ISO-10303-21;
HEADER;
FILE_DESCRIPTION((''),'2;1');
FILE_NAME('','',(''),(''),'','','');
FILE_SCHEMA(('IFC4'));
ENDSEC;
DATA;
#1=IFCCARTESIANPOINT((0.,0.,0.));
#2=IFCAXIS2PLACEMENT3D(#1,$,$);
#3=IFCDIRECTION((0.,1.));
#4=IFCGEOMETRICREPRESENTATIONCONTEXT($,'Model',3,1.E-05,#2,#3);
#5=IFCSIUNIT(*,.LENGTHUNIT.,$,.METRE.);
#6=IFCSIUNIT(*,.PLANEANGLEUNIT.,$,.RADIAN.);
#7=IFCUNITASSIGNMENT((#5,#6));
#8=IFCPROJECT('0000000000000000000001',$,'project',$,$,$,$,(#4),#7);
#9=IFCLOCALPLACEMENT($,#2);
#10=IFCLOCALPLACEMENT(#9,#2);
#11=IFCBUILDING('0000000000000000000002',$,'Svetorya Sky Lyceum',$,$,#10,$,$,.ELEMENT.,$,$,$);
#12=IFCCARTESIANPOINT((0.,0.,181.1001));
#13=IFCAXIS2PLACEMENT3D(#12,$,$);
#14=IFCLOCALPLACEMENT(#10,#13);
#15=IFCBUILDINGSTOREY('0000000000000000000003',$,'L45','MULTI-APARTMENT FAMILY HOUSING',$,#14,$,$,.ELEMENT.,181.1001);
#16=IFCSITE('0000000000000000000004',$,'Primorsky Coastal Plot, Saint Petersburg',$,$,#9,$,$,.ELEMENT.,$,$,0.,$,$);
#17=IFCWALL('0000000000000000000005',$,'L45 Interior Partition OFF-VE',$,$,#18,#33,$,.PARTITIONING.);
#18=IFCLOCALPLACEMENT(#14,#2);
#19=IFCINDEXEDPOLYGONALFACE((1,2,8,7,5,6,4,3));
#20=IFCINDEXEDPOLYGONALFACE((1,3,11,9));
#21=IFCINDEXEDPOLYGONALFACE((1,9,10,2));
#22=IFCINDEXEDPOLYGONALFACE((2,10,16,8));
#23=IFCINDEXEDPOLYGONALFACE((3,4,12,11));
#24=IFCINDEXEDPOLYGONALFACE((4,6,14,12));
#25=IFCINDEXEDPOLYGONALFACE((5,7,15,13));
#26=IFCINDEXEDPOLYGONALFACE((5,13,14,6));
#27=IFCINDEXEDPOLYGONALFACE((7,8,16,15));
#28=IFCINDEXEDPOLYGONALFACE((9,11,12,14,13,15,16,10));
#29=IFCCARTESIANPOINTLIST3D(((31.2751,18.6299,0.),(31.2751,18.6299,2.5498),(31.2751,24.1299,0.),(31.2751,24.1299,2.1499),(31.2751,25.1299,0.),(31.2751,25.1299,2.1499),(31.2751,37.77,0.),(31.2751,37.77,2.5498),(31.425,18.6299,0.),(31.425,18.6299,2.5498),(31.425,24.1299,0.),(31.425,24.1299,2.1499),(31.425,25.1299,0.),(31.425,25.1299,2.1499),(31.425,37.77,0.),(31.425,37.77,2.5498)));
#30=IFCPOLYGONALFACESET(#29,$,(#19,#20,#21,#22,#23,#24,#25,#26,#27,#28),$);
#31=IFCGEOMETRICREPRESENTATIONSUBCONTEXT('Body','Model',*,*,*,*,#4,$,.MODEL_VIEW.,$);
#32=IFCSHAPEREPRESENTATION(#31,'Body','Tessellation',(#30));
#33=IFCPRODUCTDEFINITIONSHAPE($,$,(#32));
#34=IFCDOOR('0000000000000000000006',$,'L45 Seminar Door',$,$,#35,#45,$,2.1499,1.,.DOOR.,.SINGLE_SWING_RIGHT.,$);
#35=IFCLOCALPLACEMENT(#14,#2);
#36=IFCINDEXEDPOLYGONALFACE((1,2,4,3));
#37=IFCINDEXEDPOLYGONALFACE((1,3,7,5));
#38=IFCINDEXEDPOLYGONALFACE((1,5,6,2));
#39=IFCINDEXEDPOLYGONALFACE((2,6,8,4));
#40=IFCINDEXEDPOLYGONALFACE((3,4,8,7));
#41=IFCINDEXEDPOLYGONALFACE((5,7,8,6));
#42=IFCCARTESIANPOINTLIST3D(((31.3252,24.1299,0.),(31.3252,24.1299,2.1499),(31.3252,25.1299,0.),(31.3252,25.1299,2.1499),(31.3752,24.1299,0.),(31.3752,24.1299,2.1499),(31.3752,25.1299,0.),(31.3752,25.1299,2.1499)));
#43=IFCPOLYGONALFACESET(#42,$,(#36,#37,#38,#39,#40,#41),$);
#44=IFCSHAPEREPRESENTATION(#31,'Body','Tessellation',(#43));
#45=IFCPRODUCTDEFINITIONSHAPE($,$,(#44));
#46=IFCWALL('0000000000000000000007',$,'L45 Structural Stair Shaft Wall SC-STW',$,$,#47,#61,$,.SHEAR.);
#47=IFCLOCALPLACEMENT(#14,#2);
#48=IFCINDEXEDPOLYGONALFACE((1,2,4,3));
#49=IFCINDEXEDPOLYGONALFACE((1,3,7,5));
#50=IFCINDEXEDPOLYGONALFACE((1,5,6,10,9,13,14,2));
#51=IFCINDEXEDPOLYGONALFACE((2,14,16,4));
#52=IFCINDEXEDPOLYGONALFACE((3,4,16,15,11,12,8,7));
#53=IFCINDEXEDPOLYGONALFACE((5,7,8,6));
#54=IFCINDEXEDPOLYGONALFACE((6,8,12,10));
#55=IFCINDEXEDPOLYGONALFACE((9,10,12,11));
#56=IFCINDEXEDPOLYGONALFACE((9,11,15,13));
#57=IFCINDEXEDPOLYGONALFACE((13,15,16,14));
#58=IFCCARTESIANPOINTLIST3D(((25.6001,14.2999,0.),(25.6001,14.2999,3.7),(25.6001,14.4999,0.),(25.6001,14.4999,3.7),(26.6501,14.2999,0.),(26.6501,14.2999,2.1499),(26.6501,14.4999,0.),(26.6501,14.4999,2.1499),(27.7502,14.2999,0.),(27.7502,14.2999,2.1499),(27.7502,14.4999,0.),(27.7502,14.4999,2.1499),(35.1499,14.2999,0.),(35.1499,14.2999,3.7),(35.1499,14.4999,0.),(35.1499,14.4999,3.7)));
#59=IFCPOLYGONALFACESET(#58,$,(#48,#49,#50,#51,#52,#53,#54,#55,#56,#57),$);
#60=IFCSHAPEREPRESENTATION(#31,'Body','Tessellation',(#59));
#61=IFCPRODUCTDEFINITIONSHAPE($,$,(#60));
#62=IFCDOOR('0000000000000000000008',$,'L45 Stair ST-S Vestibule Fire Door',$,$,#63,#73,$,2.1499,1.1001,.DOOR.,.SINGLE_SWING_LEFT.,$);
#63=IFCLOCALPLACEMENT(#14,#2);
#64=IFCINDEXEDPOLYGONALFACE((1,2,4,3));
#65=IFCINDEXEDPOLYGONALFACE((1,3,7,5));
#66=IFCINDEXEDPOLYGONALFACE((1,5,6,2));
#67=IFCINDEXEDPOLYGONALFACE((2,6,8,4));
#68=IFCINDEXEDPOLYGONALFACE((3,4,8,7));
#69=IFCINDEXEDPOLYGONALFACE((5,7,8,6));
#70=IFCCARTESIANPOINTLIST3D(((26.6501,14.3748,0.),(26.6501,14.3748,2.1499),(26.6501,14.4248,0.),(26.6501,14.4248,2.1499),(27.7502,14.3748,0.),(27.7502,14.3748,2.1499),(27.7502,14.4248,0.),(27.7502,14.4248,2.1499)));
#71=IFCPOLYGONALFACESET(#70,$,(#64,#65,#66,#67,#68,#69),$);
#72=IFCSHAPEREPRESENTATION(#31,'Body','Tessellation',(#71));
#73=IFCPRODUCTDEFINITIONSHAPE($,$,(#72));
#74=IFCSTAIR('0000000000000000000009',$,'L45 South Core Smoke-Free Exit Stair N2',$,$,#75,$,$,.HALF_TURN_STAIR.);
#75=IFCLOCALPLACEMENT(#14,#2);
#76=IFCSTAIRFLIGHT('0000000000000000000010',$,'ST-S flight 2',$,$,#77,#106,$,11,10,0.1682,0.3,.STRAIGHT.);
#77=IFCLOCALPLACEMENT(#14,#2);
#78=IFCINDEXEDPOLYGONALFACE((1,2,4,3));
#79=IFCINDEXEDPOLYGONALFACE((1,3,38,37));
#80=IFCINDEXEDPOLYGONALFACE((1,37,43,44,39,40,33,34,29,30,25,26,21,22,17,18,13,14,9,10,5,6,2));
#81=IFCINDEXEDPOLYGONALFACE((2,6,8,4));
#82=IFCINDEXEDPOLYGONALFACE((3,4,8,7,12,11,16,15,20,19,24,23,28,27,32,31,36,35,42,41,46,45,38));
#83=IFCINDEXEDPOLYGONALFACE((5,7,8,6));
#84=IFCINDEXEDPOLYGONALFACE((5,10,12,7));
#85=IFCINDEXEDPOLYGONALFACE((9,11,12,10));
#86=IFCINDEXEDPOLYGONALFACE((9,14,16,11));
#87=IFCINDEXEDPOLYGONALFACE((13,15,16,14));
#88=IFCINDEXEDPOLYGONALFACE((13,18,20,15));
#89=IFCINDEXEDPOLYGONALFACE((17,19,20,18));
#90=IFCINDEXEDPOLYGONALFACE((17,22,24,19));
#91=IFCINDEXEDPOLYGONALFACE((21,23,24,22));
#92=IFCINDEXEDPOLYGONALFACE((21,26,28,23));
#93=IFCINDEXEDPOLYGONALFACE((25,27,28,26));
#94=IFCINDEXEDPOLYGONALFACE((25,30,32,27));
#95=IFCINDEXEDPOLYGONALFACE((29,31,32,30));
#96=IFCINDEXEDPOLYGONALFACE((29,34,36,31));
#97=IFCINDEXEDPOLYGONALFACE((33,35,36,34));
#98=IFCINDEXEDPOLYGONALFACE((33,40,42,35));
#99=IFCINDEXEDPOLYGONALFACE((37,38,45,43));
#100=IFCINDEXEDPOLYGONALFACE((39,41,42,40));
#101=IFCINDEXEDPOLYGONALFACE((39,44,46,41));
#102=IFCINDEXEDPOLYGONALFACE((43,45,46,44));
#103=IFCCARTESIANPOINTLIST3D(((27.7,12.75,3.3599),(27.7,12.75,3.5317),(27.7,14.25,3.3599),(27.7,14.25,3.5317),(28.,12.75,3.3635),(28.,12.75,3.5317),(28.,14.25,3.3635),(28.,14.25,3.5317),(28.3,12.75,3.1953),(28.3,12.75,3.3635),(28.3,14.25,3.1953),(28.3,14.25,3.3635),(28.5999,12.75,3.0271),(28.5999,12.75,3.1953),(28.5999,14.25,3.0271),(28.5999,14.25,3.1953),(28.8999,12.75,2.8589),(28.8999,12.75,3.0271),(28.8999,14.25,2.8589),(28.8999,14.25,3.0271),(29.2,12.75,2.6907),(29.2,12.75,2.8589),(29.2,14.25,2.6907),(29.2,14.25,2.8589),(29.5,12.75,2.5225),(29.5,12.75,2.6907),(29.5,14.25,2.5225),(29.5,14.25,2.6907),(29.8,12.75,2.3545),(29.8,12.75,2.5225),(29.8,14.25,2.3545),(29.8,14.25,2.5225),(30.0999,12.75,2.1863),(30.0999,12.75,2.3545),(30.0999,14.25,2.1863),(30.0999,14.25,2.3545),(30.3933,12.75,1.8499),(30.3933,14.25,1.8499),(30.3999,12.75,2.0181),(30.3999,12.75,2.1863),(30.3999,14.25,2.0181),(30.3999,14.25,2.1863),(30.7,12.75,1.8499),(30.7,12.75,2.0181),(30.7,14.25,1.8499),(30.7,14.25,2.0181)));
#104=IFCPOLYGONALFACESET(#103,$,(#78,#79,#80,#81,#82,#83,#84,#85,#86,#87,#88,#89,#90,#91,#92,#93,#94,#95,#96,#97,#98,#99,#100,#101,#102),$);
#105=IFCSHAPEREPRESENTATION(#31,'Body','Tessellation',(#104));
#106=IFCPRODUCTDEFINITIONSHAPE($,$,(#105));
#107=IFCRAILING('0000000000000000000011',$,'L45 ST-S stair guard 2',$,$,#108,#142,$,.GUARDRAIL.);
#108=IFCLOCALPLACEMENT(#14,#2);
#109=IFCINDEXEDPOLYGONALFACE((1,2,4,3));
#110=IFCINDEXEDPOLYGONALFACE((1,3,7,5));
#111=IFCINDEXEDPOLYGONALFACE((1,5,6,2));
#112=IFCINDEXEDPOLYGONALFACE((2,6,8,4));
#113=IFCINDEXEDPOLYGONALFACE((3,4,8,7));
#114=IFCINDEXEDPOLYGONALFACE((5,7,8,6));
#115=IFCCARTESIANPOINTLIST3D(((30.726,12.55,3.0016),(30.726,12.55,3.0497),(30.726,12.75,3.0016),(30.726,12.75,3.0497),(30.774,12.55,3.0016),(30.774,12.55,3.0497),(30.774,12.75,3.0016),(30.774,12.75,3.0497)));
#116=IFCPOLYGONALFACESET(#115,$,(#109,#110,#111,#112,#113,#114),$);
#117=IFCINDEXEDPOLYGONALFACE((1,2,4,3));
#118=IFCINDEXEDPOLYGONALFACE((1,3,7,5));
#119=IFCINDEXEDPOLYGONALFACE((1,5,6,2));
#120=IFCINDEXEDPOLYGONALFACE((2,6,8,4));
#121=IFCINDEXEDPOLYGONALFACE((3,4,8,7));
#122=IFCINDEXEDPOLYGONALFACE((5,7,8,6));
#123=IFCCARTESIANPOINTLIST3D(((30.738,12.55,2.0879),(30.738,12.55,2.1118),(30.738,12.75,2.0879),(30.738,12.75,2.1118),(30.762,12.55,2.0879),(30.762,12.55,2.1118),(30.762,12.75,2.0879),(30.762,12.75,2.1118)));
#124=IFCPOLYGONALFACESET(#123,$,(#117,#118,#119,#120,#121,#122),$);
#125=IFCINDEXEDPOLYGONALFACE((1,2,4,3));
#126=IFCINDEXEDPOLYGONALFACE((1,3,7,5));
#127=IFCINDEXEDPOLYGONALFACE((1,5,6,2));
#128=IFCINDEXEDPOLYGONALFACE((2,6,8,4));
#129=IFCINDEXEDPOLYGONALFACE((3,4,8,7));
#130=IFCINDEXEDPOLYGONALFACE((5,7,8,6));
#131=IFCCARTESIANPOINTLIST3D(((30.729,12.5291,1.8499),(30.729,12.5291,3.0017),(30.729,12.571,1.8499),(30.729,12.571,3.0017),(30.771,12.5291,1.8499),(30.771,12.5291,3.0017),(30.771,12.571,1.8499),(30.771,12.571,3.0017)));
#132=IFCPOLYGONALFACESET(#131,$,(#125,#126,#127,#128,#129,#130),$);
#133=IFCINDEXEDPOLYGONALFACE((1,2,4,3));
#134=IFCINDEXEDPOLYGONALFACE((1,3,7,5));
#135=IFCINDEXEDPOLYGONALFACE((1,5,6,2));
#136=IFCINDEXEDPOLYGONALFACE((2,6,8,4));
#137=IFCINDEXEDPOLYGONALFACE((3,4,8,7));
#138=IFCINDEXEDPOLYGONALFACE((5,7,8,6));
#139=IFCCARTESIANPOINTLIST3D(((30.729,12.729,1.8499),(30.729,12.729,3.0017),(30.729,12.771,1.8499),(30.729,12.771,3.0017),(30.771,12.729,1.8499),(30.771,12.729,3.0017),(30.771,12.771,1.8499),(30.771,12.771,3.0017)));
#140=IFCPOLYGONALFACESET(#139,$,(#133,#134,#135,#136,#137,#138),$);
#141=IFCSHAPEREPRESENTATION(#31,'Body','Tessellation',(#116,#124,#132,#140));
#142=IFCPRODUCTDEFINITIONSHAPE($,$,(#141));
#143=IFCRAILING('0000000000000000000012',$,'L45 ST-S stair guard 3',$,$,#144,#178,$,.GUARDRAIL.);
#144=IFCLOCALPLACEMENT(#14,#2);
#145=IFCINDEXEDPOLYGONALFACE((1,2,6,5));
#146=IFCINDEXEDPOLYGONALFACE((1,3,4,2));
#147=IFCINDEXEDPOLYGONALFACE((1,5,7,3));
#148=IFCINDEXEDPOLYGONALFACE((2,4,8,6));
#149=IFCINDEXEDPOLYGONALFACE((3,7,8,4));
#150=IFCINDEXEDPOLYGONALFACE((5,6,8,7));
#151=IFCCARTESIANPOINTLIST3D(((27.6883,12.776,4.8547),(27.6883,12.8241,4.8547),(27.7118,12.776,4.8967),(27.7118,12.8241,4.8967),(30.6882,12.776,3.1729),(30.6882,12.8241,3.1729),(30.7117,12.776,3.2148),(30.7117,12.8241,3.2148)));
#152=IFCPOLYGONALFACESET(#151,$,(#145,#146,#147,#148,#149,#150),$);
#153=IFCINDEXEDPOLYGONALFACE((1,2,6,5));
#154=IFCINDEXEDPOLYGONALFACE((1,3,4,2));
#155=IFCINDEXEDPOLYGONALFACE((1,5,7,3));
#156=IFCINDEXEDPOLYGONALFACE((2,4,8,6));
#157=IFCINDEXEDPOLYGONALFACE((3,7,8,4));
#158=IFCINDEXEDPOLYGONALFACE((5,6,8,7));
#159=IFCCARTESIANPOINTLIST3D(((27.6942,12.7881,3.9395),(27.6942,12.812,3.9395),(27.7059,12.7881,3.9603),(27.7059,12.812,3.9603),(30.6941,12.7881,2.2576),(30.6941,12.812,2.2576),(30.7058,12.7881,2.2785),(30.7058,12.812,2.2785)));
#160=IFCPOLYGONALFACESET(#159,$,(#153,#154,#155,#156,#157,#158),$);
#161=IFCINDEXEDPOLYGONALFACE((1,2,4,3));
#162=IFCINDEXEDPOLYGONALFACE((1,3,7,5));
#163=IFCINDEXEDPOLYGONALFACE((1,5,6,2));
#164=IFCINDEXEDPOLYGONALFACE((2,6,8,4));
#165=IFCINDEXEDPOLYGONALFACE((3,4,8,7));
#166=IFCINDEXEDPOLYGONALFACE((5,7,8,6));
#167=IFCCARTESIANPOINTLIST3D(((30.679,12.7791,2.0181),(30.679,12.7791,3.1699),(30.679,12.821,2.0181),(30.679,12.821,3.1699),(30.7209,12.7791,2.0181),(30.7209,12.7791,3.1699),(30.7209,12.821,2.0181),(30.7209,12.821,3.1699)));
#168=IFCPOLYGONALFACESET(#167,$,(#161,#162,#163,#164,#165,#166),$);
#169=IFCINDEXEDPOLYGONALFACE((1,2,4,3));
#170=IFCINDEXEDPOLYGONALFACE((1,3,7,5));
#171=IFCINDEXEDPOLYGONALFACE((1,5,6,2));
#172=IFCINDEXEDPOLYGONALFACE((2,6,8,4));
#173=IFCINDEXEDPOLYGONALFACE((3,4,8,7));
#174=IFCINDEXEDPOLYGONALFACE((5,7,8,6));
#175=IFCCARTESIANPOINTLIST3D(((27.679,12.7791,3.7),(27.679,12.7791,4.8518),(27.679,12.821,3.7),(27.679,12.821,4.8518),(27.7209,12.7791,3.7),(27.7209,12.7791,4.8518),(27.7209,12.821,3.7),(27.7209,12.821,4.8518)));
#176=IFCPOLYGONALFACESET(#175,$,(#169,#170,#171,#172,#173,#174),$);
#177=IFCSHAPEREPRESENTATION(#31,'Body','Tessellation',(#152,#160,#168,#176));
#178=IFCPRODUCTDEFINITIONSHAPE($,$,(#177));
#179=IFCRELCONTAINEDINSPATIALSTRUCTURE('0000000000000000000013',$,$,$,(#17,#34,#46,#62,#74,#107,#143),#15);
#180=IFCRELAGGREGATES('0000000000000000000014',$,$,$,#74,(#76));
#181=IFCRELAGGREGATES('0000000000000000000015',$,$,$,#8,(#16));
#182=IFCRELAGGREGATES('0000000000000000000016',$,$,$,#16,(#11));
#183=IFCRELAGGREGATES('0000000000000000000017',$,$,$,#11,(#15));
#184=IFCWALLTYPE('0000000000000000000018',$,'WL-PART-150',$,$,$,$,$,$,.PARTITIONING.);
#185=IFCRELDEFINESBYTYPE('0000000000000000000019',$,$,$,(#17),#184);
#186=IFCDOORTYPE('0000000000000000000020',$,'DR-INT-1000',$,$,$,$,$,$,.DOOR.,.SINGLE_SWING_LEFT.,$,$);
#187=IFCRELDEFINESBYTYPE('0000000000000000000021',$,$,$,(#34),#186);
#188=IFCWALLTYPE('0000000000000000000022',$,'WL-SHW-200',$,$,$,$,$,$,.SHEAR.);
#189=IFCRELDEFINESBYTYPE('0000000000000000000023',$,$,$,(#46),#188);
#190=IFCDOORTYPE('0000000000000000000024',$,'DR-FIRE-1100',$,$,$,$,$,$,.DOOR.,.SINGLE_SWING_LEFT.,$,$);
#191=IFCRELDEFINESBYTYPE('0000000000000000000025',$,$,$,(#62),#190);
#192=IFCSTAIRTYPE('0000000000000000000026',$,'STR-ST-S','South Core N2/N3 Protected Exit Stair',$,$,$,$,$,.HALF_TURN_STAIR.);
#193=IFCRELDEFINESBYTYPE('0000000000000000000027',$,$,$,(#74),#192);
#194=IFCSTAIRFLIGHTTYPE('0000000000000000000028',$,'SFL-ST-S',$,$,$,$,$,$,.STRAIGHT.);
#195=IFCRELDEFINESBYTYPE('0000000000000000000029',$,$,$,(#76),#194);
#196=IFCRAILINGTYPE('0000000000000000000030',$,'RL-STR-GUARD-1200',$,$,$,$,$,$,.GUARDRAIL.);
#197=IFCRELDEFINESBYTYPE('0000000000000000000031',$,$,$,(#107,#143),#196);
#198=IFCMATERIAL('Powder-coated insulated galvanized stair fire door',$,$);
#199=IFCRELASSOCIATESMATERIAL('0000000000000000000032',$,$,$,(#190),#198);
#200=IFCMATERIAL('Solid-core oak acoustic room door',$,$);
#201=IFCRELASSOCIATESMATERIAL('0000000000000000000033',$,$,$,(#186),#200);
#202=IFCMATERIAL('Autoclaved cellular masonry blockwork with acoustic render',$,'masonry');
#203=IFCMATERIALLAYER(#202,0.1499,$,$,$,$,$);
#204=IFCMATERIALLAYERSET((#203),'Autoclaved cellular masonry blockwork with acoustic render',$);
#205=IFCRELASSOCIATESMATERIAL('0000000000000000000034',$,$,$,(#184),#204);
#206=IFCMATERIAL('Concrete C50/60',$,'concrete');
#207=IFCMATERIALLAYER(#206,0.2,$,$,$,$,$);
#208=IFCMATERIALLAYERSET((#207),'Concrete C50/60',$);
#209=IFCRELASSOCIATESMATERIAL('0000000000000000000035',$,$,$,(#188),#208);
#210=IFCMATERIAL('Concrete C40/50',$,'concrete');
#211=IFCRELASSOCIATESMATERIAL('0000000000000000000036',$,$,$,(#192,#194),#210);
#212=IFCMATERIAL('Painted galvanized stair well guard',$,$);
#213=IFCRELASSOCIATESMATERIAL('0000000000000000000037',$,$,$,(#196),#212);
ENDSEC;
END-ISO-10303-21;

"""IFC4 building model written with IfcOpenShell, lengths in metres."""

from ifc_helpers import new_model, si_unit, direction, frame, frame_2d, origin, origin_2d, place, context, subcontext, project, spatial, polyline, rectangle, outline, extrude, material, layer, layer_set, type_object, element, fill, aggregate, save


model = new_model("IFC4")

# Units and contexts
model_context = context("Model", 3, precision=1e-05, world=origin(), true_north=direction((0.0, 1.0)))
body_context = subcontext(model_context, "Body", "Model", "MODEL_VIEW")
ifc_project = project(units=[si_unit("LENGTHUNIT", "METRE"), si_unit("PLANEANGLEUNIT", "RADIAN")], contexts=[model_context])

# Site, building, storey
site_placement = place(None, origin())
site = spatial("IfcSite", under=ifc_project, at=site_placement, Name="Primorsky Coastal Plot, Saint Petersburg", CompositionType="ELEMENT", RefElevation=0.0)
building_placement = place(site_placement, origin())
building = spatial("IfcBuilding", under=site, at=building_placement, Name="Svetorya Sky Lyceum", CompositionType="ELEMENT")
storey_placement = place(building_placement, frame((0.0, 0.0, 181.1001)))
storey = spatial("IfcBuildingStorey", under=building, at=storey_placement, Name="L45", Description="MULTI-APARTMENT FAMILY HOUSING", CompositionType="ELEMENT", Elevation=181.1001)

# Shared definitions
ifc_material_1 = material(Name="Concrete C50/60", Category="concrete")

# Shared definitions
ifc_material_2 = material(Name="Powder-coated insulated galvanized stair fire door")
door_type_1 = type_object("IfcDoorType", Name="DR-FIRE-1100", OperationType="SINGLE_SWING_LEFT", PredefinedType="DOOR", material=ifc_material_2)
ifc_material_3 = material(Name="Solid-core oak acoustic room door")
door_type_2 = type_object("IfcDoorType", Name="DR-INT-1000", OperationType="SINGLE_SWING_LEFT", PredefinedType="DOOR", material=ifc_material_3)

# Shared definitions
ifc_material_4 = material(Name="Autoclaved cellular masonry blockwork with acoustic render", Category="masonry")
ifc_layer_1 = layer(ifc_material_4, 0.1499)
ifc_layer_set_1 = layer_set([ifc_layer_1], Name="Autoclaved cellular masonry blockwork with acoustic render")
wall_type_1 = type_object("IfcWallType", Name="WL-PART-150", PredefinedType="PARTITIONING", material=ifc_layer_set_1)

# Walls, openings, doors
wall_1_placement = place(storey_placement, frame((31.3501, 18.6299, 0.0), z_axis=(0.0, 0.0, 1.0), x_axis=(0.0, 1.0, 0.0)))
wall_1 = element("IfcWall", 1, at=wall_1_placement, inside=storey, type_object=wall_type_1, Name="L45 Interior Partition OFF-VE", PredefinedType="PARTITIONING", context=body_context, shape_type="SweptSolid", body=[
    extrude(rectangle(XDim=19.1401, YDim=0.1499, at=frame_2d((9.5701, 0.0))), origin(), (0.0, 0.0, 1.0), 2.5498),
])
opening_1_placement = place(wall_1_placement, frame((5.5, 0.0, 0.0)))
opening_1 = element("IfcOpeningElement", 2, at=opening_1_placement, cuts=wall_1, PredefinedType="OPENING", context=body_context, shape_type="SweptSolid", body=[
    extrude(rectangle(XDim=1.0, YDim=2.1499, at=frame_2d((0.5, 1.075))), frame((0.0, 0.085, 0.0), z_axis=(0.0, -1.0, 0.0), x_axis=(1.0, 0.0, 0.0)), (0.0, 0.0, 1.0), 0.1699),
])
door_1_placement = place(opening_1_placement, origin())
door_1 = element("IfcDoor", 3, at=door_1_placement, inside=storey, type_object=door_type_2, Name="L45 Seminar Door", OperationType="SINGLE_SWING_RIGHT", OverallHeight=2.1499, OverallWidth=1.0, PredefinedType="DOOR", context=body_context, shape_type="SweptSolid", body=[
    extrude(rectangle(XDim=1.0, YDim=2.1499, at=frame_2d((0.5, 1.075))), frame((0.0, 0.0249, 0.0), z_axis=(0.0, -1.0, 0.0), x_axis=(1.0, 0.0, 0.0)), (0.0, 0.0, 1.0), 0.05),
])
fill(opening_1, door_1)
ifc_layer_2 = layer(ifc_material_1, 0.2)
ifc_layer_set_2 = layer_set([ifc_layer_2], Name="Concrete C50/60")
wall_type_2 = type_object("IfcWallType", Name="WL-SHW-200", PredefinedType="SHEAR", material=ifc_layer_set_2)
wall_2_placement = place(storey_placement, frame((25.6001, 14.3999, 0.0), z_axis=(0.0, 0.0, 1.0), x_axis=(1.0, 0.0, 0.0)))
wall_2 = element("IfcWall", 4, at=wall_2_placement, inside=storey, type_object=wall_type_2, Name="L45 Structural Stair Shaft Wall SC-STW", PredefinedType="SHEAR", context=body_context, shape_type="SweptSolid", body=[
    extrude(rectangle(XDim=9.5498, YDim=0.2, at=frame_2d((4.7749, 0.0))), origin(), (0.0, 0.0, 1.0), 3.7),
])
opening_2_placement = place(wall_2_placement, frame((1.05, 0.0, 0.0)))
opening_2 = element("IfcOpeningElement", 5, at=opening_2_placement, cuts=wall_2, PredefinedType="OPENING", context=body_context, shape_type="SweptSolid", body=[
    extrude(rectangle(XDim=1.1001, YDim=2.1499, at=frame_2d((0.55, 1.075))), frame((0.0, 0.1099, 0.0), z_axis=(0.0, -1.0, 0.0), x_axis=(1.0, 0.0, 0.0)), (0.0, 0.0, 1.0), 0.22),
])
door_2_placement = place(opening_2_placement, origin())
door_2 = element("IfcDoor", 6, at=door_2_placement, inside=storey, type_object=door_type_1, Name="L45 Stair ST-S Vestibule Fire Door", OperationType="SINGLE_SWING_LEFT", OverallHeight=2.1499, OverallWidth=1.1001, PredefinedType="DOOR", context=body_context, shape_type="SweptSolid", body=[
    extrude(rectangle(XDim=1.1001, YDim=2.1499, at=frame_2d((0.55, 1.075))), frame((0.0, 0.0249, 0.0), z_axis=(0.0, -1.0, 0.0), x_axis=(1.0, 0.0, 0.0)), (0.0, 0.0, 1.0), 0.05),
])
fill(opening_2, door_2)

# Stair, stair flight
ifc_material_5 = material(Name="Concrete C40/50", Category="concrete")
stair_type = type_object("IfcStairType", Name="STR-ST-S", Description="South Core N2/N3 Protected Exit Stair", PredefinedType="HALF_TURN_STAIR", material=ifc_material_5)
stair_placement = place(storey_placement, origin())
stair = element("IfcStair", 7, at=stair_placement, inside=storey, type_object=stair_type, Name="L45 South Core Smoke-Free Exit Stair N2", PredefinedType="HALF_TURN_STAIR")
stair_flight_type = type_object("IfcStairFlightType", Name="SFL-ST-S", PredefinedType="STRAIGHT", material=ifc_material_5)
stair_flight_placement = place(storey_placement, frame((30.7, 13.5, 1.8499), z_axis=(0.0, 0.0, 1.0), x_axis=(-1.0, 0.0, 0.0)))
stair_flight = element("IfcStairFlight", 8, at=stair_flight_placement, type_object=stair_flight_type, Name="ST-S flight 2", NumberOfRisers=11, NumberOfTreads=10, PredefinedType="STRAIGHT", RiserHeight=0.1682, TreadLength=0.3, context=body_context, shape_type="SweptSolid", body=[
    extrude(outline(polyline([(0.0, 0.0), (0.0, 0.1682), (0.3, 0.1682), (0.3, 0.3364), (0.6001, 0.3364), (0.6001, 0.5046), (0.8999, 0.5046), (0.8999, 0.6726), (1.2, 0.6726), (1.2, 0.8408), (1.5, 0.8408), (1.5, 1.009), (1.8, 1.009), (1.8, 1.1772), (2.1001, 1.1772), (2.1001, 1.3455), (2.3999, 1.3455), (2.3999, 1.5137), (2.7, 1.5137), (2.7, 1.6819), (3.0, 1.6819), (3.0, 1.8501), (3.0, 1.51), (0.3066, 0.0), (0.0, 0.0)])), frame((0.0, 0.75, 0.0), z_axis=(0.0, -1.0, 0.0), x_axis=(1.0, 0.0, 0.0)), (0.0, 0.0, 1.0), 1.5),
])
aggregate(stair, [stair_flight])

# Railings
ifc_material_6 = material(Name="Painted galvanized stair well guard")
railing_type_1 = type_object("IfcRailingType", Name="RL-STR-GUARD-1200", PredefinedType="GUARDRAIL", material=ifc_material_6)
railing_1_placement = place(storey_placement, frame((30.75, 12.55, 1.8499)))
element("IfcRailing", 9, at=railing_1_placement, inside=storey, type_object=railing_type_1, Name="L45 ST-S stair guard 2", PredefinedType="GUARDRAIL", context=body_context, shape_type="SweptSolid", body=[
    extrude(rectangle(XDim=0.0481, YDim=0.0481, at=origin_2d()), frame((0.0, 0.0, 1.1758), z_axis=(0.0, 1.0, 0.0), x_axis=(-1.0, 0.0, 0.0)), (0.0, 0.0, 1.0), 0.2),
    extrude(rectangle(XDim=0.0239, YDim=0.0239, at=origin_2d()), frame((0.0, 0.0, 0.25), z_axis=(0.0, 1.0, 0.0), x_axis=(-1.0, 0.0, 0.0)), (0.0, 0.0, 1.0), 0.2),
    extrude(rectangle(XDim=0.042, YDim=0.042, at=origin_2d()), origin(), (0.0, 0.0, 1.0), 1.1519),
    extrude(rectangle(XDim=0.042, YDim=0.042, at=origin_2d()), frame((0.0, 0.2, 0.0)), (0.0, 0.0, 1.0), 1.1519),
])
railing_2_placement = place(storey_placement, frame((30.7, 12.8, 2.0181)))
element("IfcRailing", 10, at=railing_2_placement, inside=storey, type_object=railing_type_1, Name="L45 ST-S stair guard 3", PredefinedType="GUARDRAIL", context=body_context, shape_type="SweptSolid", body=[
    extrude(rectangle(XDim=0.0481, YDim=0.0481, at=origin_2d()), frame((0.0, 0.0, 1.1758), z_axis=(-0.872272, 0.0, 0.48902), x_axis=(0.0, -1.0, 0.0)), (0.0, 0.0, 1.0), 3.4392),
    extrude(rectangle(XDim=0.0239, YDim=0.0239, at=origin_2d()), frame((0.0, 0.0, 0.25), z_axis=(-0.872272, 0.0, 0.48902), x_axis=(0.0, -1.0, 0.0)), (0.0, 0.0, 1.0), 3.4392),
    extrude(rectangle(XDim=0.042, YDim=0.042, at=origin_2d()), origin(), (0.0, 0.0, 1.0), 1.1519),
    extrude(rectangle(XDim=0.042, YDim=0.042, at=origin_2d()), frame((-3.0, 0.0, 1.6819)), (0.0, 0.0, 1.0), 1.1519),
])

save(model, "model.ifc")
